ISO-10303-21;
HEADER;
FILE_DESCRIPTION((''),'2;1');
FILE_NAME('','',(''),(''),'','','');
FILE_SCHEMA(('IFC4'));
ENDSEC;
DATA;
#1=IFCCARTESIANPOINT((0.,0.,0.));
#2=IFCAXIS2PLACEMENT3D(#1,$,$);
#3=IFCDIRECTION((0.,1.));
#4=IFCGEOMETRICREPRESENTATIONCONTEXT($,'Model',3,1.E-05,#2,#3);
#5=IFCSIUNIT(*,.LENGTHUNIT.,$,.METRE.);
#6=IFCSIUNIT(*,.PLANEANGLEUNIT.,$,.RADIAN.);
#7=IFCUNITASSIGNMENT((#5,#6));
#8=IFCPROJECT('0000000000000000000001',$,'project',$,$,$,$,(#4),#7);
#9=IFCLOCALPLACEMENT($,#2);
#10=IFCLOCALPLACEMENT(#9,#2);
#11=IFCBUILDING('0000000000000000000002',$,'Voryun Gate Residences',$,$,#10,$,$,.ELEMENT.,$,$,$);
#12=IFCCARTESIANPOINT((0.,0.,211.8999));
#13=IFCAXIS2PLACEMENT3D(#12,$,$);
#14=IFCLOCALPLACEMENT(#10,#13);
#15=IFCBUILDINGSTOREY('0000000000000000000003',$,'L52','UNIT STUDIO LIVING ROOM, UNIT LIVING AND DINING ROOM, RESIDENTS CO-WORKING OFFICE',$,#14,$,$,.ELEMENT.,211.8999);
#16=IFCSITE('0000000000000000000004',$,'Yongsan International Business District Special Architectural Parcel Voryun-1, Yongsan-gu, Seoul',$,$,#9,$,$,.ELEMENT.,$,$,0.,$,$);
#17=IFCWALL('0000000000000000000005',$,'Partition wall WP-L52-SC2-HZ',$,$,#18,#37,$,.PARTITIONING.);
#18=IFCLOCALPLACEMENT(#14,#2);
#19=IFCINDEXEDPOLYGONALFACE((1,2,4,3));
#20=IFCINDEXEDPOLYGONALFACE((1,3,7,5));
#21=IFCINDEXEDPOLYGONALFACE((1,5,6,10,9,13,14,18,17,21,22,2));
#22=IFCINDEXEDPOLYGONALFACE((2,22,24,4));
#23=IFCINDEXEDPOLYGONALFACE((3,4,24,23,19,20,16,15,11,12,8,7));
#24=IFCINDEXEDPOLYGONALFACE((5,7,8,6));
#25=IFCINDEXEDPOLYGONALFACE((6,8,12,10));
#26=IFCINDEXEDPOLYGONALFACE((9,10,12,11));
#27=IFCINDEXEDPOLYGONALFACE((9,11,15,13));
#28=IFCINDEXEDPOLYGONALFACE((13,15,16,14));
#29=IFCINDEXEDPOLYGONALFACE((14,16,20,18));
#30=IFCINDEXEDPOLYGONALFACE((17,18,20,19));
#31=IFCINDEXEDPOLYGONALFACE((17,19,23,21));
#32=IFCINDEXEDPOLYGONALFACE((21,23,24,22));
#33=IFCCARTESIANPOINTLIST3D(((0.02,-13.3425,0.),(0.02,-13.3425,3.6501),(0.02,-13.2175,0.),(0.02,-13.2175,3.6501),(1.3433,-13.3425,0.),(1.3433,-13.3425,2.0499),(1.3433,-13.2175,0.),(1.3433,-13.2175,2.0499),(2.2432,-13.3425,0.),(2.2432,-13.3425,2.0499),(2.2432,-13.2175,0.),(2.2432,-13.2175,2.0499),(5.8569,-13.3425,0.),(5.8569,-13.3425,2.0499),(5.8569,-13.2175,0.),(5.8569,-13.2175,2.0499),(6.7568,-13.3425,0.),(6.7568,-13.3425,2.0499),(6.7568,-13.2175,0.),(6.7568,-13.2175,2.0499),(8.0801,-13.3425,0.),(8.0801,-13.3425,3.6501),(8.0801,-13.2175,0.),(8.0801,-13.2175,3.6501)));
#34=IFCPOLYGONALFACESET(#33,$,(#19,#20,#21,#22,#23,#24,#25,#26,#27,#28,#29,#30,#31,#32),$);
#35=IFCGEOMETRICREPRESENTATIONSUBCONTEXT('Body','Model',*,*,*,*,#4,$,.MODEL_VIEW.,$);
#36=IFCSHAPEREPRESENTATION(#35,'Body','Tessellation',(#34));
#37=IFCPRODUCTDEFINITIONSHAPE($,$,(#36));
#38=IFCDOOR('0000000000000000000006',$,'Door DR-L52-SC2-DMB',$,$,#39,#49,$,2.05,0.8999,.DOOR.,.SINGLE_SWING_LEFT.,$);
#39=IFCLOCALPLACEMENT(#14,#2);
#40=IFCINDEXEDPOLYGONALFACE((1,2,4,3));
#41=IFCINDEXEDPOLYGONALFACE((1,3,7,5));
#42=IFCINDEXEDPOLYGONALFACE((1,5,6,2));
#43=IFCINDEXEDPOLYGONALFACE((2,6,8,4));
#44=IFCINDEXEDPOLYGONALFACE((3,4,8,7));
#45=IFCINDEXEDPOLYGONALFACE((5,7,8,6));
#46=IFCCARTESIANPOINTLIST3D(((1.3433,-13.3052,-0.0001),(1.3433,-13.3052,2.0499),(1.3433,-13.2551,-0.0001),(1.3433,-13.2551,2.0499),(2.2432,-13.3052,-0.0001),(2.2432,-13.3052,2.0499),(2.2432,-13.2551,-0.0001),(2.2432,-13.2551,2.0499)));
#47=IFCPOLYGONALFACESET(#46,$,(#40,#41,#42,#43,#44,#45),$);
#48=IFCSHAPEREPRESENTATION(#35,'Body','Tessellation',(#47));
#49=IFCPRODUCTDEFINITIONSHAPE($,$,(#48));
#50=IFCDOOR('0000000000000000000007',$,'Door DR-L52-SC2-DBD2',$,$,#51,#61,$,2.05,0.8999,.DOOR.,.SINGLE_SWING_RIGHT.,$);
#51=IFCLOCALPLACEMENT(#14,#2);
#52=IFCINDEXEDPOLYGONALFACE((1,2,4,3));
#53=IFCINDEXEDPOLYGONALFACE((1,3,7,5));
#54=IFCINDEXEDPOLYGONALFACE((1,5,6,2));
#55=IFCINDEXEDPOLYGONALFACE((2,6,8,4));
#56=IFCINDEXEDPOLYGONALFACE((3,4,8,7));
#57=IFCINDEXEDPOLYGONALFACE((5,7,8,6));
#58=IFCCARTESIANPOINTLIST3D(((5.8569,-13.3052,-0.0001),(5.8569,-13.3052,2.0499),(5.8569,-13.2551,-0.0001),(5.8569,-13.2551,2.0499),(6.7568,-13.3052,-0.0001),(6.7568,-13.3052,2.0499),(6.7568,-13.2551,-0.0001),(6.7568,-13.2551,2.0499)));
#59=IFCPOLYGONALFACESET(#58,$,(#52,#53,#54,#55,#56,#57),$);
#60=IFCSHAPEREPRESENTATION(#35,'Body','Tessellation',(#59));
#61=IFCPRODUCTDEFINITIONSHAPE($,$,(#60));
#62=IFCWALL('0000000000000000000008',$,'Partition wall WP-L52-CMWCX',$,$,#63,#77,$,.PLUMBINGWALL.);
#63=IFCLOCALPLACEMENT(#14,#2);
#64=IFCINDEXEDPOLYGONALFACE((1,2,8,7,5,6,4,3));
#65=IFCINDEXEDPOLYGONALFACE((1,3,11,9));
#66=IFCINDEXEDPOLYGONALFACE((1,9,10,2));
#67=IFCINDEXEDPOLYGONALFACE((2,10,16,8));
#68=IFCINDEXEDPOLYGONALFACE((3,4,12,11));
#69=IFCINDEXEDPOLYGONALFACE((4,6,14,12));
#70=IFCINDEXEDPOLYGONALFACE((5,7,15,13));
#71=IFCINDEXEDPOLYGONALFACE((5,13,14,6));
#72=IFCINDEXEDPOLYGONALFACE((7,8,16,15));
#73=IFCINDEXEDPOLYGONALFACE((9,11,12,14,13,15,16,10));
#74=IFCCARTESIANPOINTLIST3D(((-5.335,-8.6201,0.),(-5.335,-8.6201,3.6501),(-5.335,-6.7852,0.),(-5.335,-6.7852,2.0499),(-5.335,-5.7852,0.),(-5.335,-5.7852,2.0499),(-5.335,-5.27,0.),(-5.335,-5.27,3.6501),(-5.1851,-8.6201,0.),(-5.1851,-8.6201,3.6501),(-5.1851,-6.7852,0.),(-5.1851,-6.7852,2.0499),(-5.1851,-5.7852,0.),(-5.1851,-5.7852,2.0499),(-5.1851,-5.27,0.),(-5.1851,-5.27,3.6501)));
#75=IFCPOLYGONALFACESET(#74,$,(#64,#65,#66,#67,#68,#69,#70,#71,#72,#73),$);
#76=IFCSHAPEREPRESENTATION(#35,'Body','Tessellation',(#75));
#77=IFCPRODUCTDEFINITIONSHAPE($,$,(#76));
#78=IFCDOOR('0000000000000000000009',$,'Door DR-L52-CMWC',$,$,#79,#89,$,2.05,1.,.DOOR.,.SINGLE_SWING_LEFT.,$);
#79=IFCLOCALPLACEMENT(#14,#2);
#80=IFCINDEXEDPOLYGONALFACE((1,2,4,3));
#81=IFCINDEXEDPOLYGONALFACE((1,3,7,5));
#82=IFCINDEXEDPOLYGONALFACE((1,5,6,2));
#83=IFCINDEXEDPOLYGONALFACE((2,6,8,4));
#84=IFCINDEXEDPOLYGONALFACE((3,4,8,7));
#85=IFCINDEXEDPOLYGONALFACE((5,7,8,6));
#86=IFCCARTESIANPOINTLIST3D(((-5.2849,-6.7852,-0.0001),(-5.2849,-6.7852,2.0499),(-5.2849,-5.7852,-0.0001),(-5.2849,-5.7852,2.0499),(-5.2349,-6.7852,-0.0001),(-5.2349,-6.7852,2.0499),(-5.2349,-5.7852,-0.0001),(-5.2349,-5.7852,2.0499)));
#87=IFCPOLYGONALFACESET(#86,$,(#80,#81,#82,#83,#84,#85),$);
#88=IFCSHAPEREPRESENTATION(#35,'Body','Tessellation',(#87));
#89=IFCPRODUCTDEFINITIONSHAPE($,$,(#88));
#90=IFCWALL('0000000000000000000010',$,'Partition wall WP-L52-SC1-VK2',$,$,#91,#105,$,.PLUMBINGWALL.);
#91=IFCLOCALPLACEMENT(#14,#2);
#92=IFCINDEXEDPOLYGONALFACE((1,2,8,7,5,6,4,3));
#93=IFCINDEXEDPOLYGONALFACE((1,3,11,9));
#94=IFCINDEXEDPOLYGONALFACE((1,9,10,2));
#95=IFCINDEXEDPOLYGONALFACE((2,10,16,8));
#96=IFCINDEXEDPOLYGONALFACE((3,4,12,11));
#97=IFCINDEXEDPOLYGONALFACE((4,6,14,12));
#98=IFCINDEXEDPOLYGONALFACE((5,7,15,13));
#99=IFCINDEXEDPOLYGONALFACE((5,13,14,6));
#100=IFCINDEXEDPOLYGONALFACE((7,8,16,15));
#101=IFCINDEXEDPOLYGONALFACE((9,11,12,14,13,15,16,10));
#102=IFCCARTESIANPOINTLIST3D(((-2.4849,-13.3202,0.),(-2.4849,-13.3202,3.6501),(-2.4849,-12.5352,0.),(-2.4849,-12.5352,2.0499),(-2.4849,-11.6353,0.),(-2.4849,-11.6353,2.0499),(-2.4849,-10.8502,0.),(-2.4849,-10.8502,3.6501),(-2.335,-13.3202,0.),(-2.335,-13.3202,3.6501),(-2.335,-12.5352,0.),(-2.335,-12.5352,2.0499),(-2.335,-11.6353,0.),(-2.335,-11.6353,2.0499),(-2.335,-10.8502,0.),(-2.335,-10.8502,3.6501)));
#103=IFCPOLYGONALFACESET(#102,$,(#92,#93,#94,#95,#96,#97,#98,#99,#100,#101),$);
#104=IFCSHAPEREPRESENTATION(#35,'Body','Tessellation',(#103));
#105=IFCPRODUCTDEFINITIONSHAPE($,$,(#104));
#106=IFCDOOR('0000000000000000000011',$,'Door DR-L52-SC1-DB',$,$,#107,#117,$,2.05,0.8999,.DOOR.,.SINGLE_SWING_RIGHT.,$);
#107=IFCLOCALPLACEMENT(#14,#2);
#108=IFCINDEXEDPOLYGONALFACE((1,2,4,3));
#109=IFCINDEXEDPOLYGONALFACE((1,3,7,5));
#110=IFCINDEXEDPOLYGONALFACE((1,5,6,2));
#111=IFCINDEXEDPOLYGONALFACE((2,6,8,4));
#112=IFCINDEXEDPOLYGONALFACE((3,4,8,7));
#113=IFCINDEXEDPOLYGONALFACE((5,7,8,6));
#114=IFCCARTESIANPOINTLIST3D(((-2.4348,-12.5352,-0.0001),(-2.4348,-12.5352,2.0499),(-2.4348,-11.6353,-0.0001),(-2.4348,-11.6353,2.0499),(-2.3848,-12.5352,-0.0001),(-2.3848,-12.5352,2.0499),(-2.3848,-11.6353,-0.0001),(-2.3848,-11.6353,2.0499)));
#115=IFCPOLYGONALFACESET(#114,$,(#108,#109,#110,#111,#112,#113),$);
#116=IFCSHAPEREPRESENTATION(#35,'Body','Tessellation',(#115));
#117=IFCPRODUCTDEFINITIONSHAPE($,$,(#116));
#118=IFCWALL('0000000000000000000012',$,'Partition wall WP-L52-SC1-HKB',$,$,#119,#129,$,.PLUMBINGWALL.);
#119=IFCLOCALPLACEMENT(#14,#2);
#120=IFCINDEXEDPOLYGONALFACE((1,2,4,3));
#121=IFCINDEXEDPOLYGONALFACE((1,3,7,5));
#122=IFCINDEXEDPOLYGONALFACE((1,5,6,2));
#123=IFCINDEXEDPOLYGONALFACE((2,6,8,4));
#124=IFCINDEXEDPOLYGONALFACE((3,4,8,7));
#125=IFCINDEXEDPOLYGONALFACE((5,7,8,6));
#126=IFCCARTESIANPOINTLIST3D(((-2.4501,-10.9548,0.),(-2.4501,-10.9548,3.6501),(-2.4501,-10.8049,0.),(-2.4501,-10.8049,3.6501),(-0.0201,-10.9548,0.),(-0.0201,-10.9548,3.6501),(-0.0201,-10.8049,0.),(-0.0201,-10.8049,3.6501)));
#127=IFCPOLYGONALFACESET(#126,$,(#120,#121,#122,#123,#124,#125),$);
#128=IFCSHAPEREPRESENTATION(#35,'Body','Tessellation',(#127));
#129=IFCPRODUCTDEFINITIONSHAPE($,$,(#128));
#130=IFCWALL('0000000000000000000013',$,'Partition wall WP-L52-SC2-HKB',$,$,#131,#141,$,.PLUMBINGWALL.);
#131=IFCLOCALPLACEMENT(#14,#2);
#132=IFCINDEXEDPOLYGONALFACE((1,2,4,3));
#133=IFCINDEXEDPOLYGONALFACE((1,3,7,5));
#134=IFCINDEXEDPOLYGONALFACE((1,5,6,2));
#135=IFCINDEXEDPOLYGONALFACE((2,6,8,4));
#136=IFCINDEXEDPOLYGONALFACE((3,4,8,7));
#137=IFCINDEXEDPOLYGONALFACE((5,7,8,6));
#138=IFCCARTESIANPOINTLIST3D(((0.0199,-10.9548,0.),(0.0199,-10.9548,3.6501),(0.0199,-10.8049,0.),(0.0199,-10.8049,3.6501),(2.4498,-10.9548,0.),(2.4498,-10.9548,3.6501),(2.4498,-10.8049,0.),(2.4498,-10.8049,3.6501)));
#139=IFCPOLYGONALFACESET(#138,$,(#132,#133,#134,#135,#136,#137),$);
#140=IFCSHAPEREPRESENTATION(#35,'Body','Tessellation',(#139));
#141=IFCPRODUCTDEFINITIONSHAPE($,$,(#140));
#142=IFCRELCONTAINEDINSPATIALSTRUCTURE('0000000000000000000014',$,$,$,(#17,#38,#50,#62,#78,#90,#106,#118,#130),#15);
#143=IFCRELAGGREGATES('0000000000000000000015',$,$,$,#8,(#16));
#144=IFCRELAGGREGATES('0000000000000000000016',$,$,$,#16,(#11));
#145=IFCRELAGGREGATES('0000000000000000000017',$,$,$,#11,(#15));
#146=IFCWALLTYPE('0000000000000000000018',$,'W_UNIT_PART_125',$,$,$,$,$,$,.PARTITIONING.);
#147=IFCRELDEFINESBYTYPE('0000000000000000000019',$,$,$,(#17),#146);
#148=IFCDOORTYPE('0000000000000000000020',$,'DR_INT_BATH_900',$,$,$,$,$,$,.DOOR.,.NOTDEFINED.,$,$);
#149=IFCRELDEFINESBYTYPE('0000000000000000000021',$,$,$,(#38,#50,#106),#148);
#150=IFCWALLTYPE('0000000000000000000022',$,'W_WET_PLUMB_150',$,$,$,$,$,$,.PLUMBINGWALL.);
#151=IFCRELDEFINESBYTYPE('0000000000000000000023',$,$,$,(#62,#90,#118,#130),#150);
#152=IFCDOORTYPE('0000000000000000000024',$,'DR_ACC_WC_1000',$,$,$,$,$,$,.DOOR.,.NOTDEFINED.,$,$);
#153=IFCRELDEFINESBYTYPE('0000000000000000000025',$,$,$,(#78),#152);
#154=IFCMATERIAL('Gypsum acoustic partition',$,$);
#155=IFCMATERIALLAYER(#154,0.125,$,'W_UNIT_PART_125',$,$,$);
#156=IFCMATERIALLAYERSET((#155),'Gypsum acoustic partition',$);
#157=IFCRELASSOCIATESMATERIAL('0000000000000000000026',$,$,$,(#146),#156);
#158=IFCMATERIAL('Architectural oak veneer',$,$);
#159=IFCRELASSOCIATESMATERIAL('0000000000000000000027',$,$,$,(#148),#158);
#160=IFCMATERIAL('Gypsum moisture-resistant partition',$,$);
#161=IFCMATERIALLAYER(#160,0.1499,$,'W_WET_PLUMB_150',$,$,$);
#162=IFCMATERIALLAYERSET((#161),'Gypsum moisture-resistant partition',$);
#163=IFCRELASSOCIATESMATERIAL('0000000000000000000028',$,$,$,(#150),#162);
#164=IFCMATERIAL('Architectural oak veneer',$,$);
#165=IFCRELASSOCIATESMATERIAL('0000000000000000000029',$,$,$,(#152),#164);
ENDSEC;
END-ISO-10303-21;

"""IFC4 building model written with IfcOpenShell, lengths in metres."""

from ifc_helpers import new_model, si_unit, direction, frame, frame_2d, origin, place, context, subcontext, project, spatial, rectangle, extrude, material, layer, layer_set, type_object, element, fill, save


model = new_model("IFC4")

# Units and contexts
model_context = context("Model", 3, precision=1e-05, world=origin(), true_north=direction((0.0, 1.0)))
body_context = subcontext(model_context, "Body", "Model", "MODEL_VIEW")
ifc_project = project(units=[si_unit("LENGTHUNIT", "METRE"), si_unit("PLANEANGLEUNIT", "RADIAN")], contexts=[model_context])

# Site, building, storey
site_placement = place(None, origin())
site = spatial("IfcSite", under=ifc_project, at=site_placement, Name="Yongsan International Business District Special Architectural Parcel Voryun-1, Yongsan-gu, Seoul", CompositionType="ELEMENT", RefElevation=0.0)
building_placement = place(site_placement, origin())
building = spatial("IfcBuilding", under=site, at=building_placement, Name="Voryun Gate Residences", CompositionType="ELEMENT")
storey_placement = place(building_placement, frame((0.0, 0.0, 211.8999)))
storey = spatial("IfcBuildingStorey", under=building, at=storey_placement, Name="L52", Description="UNIT STUDIO LIVING ROOM, UNIT LIVING AND DINING ROOM, RESIDENTS CO-WORKING OFFICE", CompositionType="ELEMENT", Elevation=211.8999)

# Shared definitions
ifc_material_1 = material(Name="Gypsum acoustic partition")
ifc_layer_1 = layer(ifc_material_1, 0.125, Name="W_UNIT_PART_125")
ifc_layer_set_1 = layer_set([ifc_layer_1], Name="Gypsum acoustic partition")
wall_type_1 = type_object("IfcWallType", Name="W_UNIT_PART_125", PredefinedType="PARTITIONING", material=ifc_layer_set_1)
ifc_material_2 = material(Name="Architectural oak veneer")
door_type_1 = type_object("IfcDoorType", Name="DR_INT_BATH_900", OperationType="NOTDEFINED", PredefinedType="DOOR", material=ifc_material_2)

# Wall, openings, doors
wall_1_placement = place(storey_placement, frame((0.02, -13.28, 0.0), z_axis=(0.0, 0.0, 1.0), x_axis=(1.0, 0.0, 0.0)))
wall_1 = element("IfcWall", 1, at=wall_1_placement, inside=storey, type_object=wall_type_1, Name="Partition wall WP-L52-SC2-HZ", PredefinedType="PARTITIONING", context=body_context, shape_type="SweptSolid", body=[
    extrude(rectangle(XDim=8.0601, YDim=0.125, at=frame_2d((4.03, 0.0))), origin(), (0.0, 0.0, 1.0), 3.6501),
])
opening_1_placement = place(wall_1_placement, frame((1.3232, 0.0, 0.0)))
opening_1 = element("IfcOpeningElement", 2, at=opening_1_placement, cuts=wall_1, PredefinedType="OPENING", context=body_context, shape_type="SweptSolid", body=[
    extrude(rectangle(XDim=0.8999, YDim=2.05, at=frame_2d((0.45, 1.0249))), frame((0.0, 0.0725, 0.0), z_axis=(0.0, -1.0, 0.0), x_axis=(1.0, 0.0, 0.0)), (0.0, 0.0, 1.0), 0.145),
])
opening_2_placement = place(wall_1_placement, frame((5.8369, 0.0, 0.0)))
opening_2 = element("IfcOpeningElement", 3, at=opening_2_placement, cuts=wall_1, PredefinedType="OPENING", context=body_context, shape_type="SweptSolid", body=[
    extrude(rectangle(XDim=0.8999, YDim=2.05, at=frame_2d((0.45, 1.0249))), frame((0.0, 0.0725, 0.0), z_axis=(0.0, -1.0, 0.0), x_axis=(1.0, 0.0, 0.0)), (0.0, 0.0, 1.0), 0.145),
])
door_1_placement = place(opening_1_placement, origin())
door_1 = element("IfcDoor", 4, at=door_1_placement, inside=storey, type_object=door_type_1, Name="Door DR-L52-SC2-DMB", OperationType="SINGLE_SWING_LEFT", OverallHeight=2.05, OverallWidth=0.8999, PredefinedType="DOOR", context=body_context, shape_type="SweptSolid", body=[
    extrude(rectangle(XDim=0.8999, YDim=2.05, at=frame_2d((0.45, 1.0249))), frame((0.0, 0.0249, 0.0), z_axis=(0.0, -1.0, 0.0), x_axis=(1.0, 0.0, 0.0)), (0.0, 0.0, 1.0), 0.05),
])
fill(opening_1, door_1)
door_2_placement = place(opening_2_placement, origin())
door_2 = element("IfcDoor", 5, at=door_2_placement, inside=storey, type_object=door_type_1, Name="Door DR-L52-SC2-DBD2", OperationType="SINGLE_SWING_RIGHT", OverallHeight=2.05, OverallWidth=0.8999, PredefinedType="DOOR", context=body_context, shape_type="SweptSolid", body=[
    extrude(rectangle(XDim=0.8999, YDim=2.05, at=frame_2d((0.45, 1.0249))), frame((0.0, 0.0249, 0.0), z_axis=(0.0, -1.0, 0.0), x_axis=(1.0, 0.0, 0.0)), (0.0, 0.0, 1.0), 0.05),
])
fill(opening_2, door_2)

# Walls, openings, doors
ifc_material_3 = material(Name="Gypsum moisture-resistant partition")
ifc_layer_2 = layer(ifc_material_3, 0.1499, Name="W_WET_PLUMB_150")
ifc_layer_set_2 = layer_set([ifc_layer_2], Name="Gypsum moisture-resistant partition")
wall_type_2 = type_object("IfcWallType", Name="W_WET_PLUMB_150", PredefinedType="PLUMBINGWALL", material=ifc_layer_set_2)
wall_2_placement = place(storey_placement, frame((-5.26, -8.6201, 0.0), z_axis=(0.0, 0.0, 1.0), x_axis=(0.0, 1.0, 0.0)))
wall_2 = element("IfcWall", 6, at=wall_2_placement, inside=storey, type_object=wall_type_2, Name="Partition wall WP-L52-CMWCX", PredefinedType="PLUMBINGWALL", context=body_context, shape_type="SweptSolid", body=[
    extrude(rectangle(XDim=3.3501, YDim=0.1499, at=frame_2d((1.675, 0.0))), origin(), (0.0, 0.0, 1.0), 3.6501),
])
opening_3_placement = place(wall_2_placement, frame((1.835, 0.0, 0.0)))
opening_3 = element("IfcOpeningElement", 7, at=opening_3_placement, cuts=wall_2, PredefinedType="OPENING", context=body_context, shape_type="SweptSolid", body=[
    extrude(rectangle(XDim=1.0, YDim=2.05, at=frame_2d((0.5, 1.0249))), frame((0.0, 0.085, 0.0), z_axis=(0.0, -1.0, 0.0), x_axis=(1.0, 0.0, 0.0)), (0.0, 0.0, 1.0), 0.1699),
])
ifc_material_4 = material(Name="Architectural oak veneer")
door_type_2 = type_object("IfcDoorType", Name="DR_ACC_WC_1000", OperationType="NOTDEFINED", PredefinedType="DOOR", material=ifc_material_4)
door_3_placement = place(opening_3_placement, origin())
door_3 = element("IfcDoor", 8, at=door_3_placement, inside=storey, type_object=door_type_2, Name="Door DR-L52-CMWC", OperationType="SINGLE_SWING_LEFT", OverallHeight=2.05, OverallWidth=1.0, PredefinedType="DOOR", context=body_context, shape_type="SweptSolid", body=[
    extrude(rectangle(XDim=1.0, YDim=2.05, at=frame_2d((0.5, 1.0249))), frame((0.0, 0.0249, 0.0), z_axis=(0.0, -1.0, 0.0), x_axis=(1.0, 0.0, 0.0)), (0.0, 0.0, 1.0), 0.05),
])
fill(opening_3, door_3)
wall_3_placement = place(storey_placement, frame((-2.4099, -13.3201, 0.0), z_axis=(0.0, 0.0, 1.0), x_axis=(0.0, 1.0, 0.0)))
wall_3 = element("IfcWall", 9, at=wall_3_placement, inside=storey, type_object=wall_type_2, Name="Partition wall WP-L52-SC1-VK2", PredefinedType="PLUMBINGWALL", context=body_context, shape_type="SweptSolid", body=[
    extrude(rectangle(XDim=2.47, YDim=0.1499, at=frame_2d((1.2349, 0.0))), origin(), (0.0, 0.0, 1.0), 3.6501),
])
opening_4_placement = place(wall_3_placement, frame((0.7849, 0.0, 0.0)))
opening_4 = element("IfcOpeningElement", 10, at=opening_4_placement, cuts=wall_3, PredefinedType="OPENING", context=body_context, shape_type="SweptSolid", body=[
    extrude(rectangle(XDim=0.8999, YDim=2.05, at=frame_2d((0.45, 1.0249))), frame((0.0, 0.085, 0.0), z_axis=(0.0, -1.0, 0.0), x_axis=(1.0, 0.0, 0.0)), (0.0, 0.0, 1.0), 0.1699),
])
door_4_placement = place(opening_4_placement, origin())
door_4 = element("IfcDoor", 11, at=door_4_placement, inside=storey, type_object=door_type_1, Name="Door DR-L52-SC1-DB", OperationType="SINGLE_SWING_RIGHT", OverallHeight=2.05, OverallWidth=0.8999, PredefinedType="DOOR", context=body_context, shape_type="SweptSolid", body=[
    extrude(rectangle(XDim=0.8999, YDim=2.05, at=frame_2d((0.45, 1.0249))), frame((0.0, 0.0249, 0.0), z_axis=(0.0, -1.0, 0.0), x_axis=(1.0, 0.0, 0.0)), (0.0, 0.0, 1.0), 0.05),
])
fill(opening_4, door_4)

# Walls
for number, where, z_axis, x_axis, name in (
    (12, (-2.45, -10.8799, 0.0), (0.0, 0.0, 1.0), (1.0, 0.0, 0.0), "Partition wall WP-L52-SC1-HKB"),
    (13, (0.02, -10.8799, 0.0), (0.0, 0.0, 1.0), (1.0, 0.0, 0.0), "Partition wall WP-L52-SC2-HKB"),
):
    element("IfcWall", number, at=place(storey_placement, frame(where, z_axis=z_axis, x_axis=x_axis)), inside=storey, type_object=wall_type_2, Name=name, PredefinedType="PLUMBINGWALL", context=body_context, shape_type="SweptSolid", body=[
        extrude(rectangle(XDim=2.4299, YDim=0.1499, at=frame_2d((1.2148, 0.0))), origin(), (0.0, 0.0, 1.0), 3.6501),
    ])

save(model, "model.ifc")
